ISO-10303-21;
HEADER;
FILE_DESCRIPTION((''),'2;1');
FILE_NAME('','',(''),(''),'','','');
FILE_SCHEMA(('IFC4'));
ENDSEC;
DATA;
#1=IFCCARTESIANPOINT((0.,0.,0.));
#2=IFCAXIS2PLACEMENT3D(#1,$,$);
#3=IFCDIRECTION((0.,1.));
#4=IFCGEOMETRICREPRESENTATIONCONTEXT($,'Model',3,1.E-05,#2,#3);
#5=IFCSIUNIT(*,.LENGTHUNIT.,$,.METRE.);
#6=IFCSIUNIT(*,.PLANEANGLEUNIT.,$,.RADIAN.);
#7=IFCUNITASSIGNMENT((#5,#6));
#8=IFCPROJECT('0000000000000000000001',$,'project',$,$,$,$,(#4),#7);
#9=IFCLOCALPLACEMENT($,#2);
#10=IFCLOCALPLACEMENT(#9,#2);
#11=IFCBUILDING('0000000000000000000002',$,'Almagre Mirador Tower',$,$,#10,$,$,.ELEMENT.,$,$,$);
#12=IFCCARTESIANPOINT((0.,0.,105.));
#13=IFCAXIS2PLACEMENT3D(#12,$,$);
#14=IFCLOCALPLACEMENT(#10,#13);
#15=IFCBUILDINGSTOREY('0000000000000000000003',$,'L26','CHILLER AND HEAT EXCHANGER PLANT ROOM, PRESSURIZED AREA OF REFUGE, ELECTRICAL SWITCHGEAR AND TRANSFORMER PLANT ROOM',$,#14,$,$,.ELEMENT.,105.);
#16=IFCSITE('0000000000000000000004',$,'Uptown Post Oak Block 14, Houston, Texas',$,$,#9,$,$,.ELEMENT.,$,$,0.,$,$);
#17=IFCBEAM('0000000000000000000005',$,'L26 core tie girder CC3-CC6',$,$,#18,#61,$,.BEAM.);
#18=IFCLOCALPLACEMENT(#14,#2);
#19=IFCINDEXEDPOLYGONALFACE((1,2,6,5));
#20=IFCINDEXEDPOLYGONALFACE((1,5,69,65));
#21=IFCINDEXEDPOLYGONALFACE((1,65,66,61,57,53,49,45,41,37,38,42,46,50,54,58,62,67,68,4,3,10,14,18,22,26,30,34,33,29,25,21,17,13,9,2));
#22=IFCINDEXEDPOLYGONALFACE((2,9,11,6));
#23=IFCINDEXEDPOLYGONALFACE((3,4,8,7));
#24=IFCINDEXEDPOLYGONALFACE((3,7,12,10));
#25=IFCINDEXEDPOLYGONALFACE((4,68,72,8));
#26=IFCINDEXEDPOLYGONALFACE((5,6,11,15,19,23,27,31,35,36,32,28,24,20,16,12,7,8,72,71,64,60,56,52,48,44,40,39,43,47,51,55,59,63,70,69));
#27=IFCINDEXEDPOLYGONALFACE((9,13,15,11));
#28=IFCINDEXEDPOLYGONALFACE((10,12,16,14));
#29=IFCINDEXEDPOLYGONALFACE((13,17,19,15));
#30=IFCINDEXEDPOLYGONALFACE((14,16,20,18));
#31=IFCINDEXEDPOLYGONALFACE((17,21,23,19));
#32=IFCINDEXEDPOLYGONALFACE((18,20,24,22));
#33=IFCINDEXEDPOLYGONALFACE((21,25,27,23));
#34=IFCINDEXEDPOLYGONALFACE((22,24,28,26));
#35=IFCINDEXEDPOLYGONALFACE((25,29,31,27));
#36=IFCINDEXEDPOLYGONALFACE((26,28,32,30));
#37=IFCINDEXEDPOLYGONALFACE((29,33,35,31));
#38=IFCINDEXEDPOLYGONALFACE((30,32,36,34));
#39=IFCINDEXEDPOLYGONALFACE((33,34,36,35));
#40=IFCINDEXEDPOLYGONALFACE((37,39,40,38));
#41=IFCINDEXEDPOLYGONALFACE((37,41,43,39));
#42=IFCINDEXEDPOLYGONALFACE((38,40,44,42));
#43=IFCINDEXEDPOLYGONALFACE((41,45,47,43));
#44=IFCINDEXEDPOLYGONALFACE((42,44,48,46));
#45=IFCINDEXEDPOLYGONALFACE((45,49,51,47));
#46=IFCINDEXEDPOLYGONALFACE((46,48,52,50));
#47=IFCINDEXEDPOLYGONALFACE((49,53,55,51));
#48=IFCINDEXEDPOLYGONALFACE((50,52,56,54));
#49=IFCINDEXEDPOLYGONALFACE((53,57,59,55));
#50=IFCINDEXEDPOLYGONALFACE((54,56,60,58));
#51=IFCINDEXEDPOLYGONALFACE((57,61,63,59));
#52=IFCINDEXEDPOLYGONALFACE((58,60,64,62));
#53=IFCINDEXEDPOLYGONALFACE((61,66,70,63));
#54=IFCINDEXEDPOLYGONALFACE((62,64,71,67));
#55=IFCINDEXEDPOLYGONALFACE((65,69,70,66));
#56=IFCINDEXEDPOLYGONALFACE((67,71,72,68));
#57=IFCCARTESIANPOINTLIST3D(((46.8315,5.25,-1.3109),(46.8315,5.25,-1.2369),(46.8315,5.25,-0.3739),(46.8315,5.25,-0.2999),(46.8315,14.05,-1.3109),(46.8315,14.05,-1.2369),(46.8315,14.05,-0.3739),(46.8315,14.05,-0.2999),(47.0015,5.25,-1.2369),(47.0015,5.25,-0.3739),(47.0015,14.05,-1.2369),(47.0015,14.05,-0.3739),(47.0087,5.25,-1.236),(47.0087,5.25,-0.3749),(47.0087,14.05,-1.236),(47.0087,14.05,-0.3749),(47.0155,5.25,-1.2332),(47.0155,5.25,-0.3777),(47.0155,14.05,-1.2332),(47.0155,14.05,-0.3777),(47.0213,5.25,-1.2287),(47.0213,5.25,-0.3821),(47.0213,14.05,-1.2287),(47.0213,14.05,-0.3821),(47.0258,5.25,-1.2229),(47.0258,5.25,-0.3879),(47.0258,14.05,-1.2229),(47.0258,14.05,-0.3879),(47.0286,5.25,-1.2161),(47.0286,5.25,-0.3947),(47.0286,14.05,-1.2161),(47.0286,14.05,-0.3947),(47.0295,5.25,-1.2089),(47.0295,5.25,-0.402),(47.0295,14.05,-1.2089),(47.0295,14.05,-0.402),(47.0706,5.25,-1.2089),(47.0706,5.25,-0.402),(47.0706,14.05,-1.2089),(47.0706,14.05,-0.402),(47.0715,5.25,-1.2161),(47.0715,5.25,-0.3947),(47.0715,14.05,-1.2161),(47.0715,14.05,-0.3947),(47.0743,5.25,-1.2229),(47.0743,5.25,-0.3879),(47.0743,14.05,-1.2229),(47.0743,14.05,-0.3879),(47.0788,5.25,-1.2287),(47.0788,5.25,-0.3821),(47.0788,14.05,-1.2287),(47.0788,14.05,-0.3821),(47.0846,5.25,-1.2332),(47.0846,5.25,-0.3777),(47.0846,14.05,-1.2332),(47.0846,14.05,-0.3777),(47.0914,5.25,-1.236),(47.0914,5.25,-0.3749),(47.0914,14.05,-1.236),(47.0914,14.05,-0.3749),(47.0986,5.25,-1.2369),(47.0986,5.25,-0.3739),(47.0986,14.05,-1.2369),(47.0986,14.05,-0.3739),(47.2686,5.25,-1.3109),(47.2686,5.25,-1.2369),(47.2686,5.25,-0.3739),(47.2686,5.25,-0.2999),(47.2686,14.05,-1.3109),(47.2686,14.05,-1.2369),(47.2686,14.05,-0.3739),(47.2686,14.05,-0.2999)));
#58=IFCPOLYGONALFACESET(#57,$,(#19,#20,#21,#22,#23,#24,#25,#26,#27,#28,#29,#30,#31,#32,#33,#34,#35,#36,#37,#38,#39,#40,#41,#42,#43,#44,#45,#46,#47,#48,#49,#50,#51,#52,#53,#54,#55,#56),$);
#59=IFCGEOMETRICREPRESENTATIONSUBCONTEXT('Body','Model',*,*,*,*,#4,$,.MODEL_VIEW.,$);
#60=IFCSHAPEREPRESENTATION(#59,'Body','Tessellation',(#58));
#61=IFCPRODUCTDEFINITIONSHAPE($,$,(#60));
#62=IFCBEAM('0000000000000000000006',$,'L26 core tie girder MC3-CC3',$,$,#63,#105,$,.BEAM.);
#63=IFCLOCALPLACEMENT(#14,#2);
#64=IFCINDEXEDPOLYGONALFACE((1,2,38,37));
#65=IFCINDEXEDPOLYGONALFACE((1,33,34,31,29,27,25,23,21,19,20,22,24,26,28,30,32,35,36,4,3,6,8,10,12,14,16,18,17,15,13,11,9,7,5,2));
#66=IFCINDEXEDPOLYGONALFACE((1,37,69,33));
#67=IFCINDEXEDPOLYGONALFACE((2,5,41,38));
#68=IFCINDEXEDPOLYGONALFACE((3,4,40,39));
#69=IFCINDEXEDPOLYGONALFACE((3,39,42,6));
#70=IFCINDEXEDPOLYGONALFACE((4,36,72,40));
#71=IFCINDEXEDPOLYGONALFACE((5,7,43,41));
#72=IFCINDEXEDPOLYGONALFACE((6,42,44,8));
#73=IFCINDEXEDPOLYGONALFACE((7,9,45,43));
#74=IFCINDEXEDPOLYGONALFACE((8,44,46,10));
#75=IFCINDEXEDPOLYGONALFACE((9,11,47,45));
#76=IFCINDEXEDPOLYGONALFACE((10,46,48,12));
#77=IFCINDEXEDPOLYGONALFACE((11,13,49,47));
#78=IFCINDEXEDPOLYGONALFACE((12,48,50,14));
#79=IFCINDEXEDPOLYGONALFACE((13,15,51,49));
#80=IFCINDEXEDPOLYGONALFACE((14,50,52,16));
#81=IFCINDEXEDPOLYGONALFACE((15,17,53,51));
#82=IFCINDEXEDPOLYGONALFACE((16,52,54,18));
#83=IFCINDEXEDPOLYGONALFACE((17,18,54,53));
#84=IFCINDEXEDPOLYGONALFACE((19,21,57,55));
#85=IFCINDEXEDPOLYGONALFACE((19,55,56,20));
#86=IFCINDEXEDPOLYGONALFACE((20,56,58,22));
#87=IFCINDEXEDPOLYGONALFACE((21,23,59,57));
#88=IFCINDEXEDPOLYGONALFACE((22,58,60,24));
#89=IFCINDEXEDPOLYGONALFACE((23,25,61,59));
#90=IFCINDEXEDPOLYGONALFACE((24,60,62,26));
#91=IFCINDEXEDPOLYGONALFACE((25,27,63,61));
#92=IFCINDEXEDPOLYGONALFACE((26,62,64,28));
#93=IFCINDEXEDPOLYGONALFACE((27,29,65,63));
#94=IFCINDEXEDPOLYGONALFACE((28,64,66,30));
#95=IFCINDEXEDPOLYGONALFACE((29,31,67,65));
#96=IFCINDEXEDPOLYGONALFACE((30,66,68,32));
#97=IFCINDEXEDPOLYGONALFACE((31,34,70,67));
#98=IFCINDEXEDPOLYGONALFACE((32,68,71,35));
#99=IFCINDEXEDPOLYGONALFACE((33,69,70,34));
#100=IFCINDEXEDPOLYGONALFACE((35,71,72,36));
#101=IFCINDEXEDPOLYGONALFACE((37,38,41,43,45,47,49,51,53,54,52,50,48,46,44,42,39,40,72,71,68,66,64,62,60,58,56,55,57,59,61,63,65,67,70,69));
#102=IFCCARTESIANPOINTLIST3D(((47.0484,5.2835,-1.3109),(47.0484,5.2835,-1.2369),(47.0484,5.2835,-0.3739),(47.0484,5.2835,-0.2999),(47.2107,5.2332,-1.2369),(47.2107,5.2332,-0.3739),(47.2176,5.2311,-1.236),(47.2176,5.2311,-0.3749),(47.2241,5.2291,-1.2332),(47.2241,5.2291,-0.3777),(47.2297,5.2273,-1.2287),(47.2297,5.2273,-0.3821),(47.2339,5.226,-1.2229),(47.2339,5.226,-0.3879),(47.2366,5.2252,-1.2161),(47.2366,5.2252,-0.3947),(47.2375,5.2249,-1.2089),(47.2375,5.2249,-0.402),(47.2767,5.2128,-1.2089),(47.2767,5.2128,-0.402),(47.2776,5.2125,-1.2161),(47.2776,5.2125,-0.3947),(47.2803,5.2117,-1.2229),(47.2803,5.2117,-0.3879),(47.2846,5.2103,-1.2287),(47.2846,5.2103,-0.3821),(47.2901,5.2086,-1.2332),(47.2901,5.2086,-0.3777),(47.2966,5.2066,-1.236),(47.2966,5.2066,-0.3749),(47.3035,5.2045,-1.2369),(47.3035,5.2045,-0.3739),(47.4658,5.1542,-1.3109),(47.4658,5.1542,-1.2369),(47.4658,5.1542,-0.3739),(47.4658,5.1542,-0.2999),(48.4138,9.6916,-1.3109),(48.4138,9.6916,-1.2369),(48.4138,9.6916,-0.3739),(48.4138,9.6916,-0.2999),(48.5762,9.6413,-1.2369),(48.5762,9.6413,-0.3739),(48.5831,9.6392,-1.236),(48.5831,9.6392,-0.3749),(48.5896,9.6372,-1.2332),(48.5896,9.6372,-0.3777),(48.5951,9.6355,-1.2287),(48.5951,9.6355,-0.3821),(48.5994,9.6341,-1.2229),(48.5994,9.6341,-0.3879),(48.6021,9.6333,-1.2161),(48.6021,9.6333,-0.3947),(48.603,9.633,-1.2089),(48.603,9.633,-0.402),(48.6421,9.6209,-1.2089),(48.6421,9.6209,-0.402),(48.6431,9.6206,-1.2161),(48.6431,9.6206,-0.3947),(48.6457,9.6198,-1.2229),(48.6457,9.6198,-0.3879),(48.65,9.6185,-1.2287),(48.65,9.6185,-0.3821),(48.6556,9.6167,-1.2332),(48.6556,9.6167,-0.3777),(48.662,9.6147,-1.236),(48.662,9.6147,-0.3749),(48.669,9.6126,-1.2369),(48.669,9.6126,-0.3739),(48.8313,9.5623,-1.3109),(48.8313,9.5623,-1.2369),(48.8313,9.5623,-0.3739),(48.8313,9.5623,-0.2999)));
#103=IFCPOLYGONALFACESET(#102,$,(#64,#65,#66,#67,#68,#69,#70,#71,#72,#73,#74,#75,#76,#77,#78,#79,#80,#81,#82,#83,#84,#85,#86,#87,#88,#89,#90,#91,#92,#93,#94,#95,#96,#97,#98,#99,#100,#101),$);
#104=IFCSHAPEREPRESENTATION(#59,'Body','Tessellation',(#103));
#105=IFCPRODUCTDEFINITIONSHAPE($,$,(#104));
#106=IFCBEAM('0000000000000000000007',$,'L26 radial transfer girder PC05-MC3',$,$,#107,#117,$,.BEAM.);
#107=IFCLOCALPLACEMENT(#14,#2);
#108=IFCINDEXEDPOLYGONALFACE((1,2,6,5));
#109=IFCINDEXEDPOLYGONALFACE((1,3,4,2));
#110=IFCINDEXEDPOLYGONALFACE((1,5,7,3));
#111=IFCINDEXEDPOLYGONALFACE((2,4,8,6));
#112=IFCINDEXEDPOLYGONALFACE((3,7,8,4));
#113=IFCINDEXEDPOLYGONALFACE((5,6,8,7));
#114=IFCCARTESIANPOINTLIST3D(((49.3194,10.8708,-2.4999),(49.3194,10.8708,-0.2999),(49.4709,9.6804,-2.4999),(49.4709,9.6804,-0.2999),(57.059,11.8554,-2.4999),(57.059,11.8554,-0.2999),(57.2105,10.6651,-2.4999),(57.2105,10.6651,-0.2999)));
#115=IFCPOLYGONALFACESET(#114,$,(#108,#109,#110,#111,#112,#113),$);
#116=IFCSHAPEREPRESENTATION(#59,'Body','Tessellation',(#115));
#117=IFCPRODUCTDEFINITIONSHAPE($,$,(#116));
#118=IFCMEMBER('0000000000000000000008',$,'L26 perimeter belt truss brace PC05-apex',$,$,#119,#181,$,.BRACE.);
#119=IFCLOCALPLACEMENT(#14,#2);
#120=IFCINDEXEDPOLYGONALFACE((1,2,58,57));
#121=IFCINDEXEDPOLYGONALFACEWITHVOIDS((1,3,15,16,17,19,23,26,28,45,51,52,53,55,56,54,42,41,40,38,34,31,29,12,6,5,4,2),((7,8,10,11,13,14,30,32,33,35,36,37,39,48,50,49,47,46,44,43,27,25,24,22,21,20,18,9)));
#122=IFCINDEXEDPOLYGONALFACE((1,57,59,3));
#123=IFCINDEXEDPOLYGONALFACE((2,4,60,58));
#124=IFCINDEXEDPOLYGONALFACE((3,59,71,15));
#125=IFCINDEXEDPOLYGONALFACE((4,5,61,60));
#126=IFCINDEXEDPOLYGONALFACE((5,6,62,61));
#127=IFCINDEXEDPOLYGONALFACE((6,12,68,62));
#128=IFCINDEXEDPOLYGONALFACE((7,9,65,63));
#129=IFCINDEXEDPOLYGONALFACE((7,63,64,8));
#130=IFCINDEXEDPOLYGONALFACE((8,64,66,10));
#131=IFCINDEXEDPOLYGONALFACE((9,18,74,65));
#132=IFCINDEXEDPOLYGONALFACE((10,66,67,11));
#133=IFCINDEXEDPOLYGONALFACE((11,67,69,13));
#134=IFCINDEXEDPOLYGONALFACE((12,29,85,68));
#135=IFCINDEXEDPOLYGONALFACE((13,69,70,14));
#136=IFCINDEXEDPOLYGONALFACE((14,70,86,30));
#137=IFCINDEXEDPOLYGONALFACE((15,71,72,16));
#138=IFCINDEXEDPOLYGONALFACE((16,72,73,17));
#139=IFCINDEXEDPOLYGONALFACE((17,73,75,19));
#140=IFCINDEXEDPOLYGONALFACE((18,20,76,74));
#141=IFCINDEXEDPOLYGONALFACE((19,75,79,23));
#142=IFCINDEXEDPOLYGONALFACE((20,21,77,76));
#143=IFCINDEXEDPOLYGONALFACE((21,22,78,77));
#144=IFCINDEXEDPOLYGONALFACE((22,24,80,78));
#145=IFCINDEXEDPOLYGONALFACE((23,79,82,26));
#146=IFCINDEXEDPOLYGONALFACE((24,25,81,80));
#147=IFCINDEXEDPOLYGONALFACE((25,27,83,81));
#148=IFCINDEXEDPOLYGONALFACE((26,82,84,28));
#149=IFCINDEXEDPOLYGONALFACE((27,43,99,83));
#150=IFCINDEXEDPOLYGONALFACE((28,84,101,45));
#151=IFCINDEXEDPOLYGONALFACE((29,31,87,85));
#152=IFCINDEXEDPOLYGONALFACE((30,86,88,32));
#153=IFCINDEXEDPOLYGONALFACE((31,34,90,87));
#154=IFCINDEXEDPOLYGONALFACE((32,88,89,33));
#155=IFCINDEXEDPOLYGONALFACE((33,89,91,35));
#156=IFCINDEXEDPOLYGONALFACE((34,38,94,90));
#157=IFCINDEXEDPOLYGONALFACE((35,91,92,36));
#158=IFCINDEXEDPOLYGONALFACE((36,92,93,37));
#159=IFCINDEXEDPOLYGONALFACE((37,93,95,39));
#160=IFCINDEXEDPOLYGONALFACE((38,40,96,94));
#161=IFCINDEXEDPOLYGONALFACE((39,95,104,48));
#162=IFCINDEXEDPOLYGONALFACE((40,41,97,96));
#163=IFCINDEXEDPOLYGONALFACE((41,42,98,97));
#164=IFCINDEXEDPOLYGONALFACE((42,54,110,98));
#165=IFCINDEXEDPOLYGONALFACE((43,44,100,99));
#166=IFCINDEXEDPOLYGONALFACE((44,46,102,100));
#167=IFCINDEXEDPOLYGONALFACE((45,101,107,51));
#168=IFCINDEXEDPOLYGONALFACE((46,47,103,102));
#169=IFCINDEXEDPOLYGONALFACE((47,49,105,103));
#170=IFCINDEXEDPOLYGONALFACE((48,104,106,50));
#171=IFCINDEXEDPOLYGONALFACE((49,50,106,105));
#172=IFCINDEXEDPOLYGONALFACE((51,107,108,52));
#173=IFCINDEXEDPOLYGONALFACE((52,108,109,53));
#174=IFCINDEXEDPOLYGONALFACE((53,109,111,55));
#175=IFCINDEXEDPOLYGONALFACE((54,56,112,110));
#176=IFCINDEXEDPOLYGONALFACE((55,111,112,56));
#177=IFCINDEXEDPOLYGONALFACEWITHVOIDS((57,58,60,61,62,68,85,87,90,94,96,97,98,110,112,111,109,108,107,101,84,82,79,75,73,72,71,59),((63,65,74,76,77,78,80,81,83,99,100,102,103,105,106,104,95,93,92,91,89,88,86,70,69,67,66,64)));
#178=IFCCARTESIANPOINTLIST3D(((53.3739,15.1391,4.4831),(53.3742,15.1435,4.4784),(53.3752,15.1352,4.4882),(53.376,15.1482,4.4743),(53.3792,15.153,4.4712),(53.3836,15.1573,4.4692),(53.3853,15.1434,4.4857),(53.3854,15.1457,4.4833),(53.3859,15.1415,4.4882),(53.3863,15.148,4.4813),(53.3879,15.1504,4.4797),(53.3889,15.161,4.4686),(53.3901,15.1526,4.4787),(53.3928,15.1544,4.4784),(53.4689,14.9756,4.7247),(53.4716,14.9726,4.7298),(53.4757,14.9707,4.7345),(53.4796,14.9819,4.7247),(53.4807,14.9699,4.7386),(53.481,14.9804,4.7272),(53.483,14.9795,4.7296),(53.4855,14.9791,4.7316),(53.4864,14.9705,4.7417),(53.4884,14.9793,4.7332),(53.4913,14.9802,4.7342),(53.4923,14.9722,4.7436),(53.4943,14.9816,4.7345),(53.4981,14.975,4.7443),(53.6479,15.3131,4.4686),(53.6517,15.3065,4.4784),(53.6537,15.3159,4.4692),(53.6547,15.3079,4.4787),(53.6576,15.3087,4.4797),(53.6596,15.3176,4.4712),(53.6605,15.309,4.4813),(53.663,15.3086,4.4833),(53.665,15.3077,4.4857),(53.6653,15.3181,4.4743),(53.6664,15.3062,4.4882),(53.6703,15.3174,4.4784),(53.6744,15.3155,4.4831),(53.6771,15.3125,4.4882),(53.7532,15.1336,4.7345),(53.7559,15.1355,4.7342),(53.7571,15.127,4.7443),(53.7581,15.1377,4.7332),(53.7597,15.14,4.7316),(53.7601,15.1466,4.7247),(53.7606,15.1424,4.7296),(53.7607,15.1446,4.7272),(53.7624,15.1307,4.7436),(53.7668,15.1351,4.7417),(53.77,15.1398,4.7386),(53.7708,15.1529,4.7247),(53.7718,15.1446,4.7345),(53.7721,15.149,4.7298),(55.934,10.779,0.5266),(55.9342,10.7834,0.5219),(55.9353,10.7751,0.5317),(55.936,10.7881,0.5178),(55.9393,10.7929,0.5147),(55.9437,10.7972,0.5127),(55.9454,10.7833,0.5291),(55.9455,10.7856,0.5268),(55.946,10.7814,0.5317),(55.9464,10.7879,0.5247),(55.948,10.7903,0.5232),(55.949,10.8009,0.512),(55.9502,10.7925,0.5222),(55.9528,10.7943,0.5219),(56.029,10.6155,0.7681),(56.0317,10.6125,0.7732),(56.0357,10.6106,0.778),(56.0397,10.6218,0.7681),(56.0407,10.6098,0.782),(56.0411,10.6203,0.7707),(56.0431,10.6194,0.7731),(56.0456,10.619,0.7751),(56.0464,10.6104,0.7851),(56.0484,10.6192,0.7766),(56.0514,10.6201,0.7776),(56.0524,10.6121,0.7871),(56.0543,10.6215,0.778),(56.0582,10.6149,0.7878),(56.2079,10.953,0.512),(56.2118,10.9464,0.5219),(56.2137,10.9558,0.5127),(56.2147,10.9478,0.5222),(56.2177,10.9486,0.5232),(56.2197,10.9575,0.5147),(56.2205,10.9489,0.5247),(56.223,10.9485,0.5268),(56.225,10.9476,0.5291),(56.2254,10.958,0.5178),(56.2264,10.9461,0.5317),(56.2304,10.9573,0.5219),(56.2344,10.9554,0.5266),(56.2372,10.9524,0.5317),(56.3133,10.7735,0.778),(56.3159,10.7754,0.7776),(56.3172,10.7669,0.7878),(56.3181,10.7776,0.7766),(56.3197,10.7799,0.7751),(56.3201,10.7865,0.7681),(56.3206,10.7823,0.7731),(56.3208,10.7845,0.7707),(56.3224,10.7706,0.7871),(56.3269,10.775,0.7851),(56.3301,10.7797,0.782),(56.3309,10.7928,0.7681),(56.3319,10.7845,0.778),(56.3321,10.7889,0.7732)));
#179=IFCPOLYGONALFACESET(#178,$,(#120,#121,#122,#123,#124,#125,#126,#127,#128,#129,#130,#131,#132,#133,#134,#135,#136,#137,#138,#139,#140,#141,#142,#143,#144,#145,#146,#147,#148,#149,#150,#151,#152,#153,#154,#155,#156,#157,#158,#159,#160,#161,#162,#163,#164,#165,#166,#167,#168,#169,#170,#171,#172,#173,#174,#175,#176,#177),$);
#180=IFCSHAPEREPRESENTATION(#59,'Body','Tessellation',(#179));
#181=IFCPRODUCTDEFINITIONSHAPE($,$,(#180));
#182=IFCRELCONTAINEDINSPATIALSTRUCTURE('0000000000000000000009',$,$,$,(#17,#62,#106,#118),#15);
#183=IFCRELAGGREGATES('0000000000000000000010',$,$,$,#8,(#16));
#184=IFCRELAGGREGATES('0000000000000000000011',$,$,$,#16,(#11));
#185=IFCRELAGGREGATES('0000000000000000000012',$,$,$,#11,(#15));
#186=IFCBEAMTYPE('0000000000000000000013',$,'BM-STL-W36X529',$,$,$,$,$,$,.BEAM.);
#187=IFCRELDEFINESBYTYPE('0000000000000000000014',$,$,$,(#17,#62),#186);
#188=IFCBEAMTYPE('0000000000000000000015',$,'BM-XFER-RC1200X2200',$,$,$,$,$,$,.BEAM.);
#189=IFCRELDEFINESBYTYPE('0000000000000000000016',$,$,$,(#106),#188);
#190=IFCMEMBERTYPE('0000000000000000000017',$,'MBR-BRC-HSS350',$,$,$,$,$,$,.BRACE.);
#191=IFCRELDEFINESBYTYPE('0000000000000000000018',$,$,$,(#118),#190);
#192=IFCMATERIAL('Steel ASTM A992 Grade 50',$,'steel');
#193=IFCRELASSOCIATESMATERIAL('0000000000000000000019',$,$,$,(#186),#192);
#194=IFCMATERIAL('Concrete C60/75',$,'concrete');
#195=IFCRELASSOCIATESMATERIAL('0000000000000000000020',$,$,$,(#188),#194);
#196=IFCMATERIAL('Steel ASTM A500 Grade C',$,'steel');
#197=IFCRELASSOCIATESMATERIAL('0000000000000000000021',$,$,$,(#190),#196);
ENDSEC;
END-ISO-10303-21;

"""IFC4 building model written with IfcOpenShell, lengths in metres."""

from ifc_helpers import new_model, si_unit, direction, frame, origin, origin_2d, place, context, subcontext, project, spatial, rectangle, hollow_rectangle, i_section, extrude, material, material_profile, profile_set, type_object, element, save


model = new_model("IFC4")

# Units and contexts
model_context = context("Model", 3, precision=1e-05, world=origin(), true_north=direction((0.0, 1.0)))
body_context = subcontext(model_context, "Body", "Model", "MODEL_VIEW")
ifc_project = project(units=[si_unit("LENGTHUNIT", "METRE"), si_unit("PLANEANGLEUNIT", "RADIAN")], contexts=[model_context])

# Site, building, storey
site_placement = place(None, origin())
site = spatial("IfcSite", under=ifc_project, at=site_placement, Name="Uptown Post Oak Block 14, Houston, Texas", CompositionType="ELEMENT", RefElevation=0.0)
building_placement = place(site_placement, origin())
building = spatial("IfcBuilding", under=site, at=building_placement, Name="Almagre Mirador Tower", CompositionType="ELEMENT")
storey_placement = place(building_placement, frame((0.0, 0.0, 105.0)))
storey = spatial("IfcBuildingStorey", under=building, at=storey_placement, Name="L26", Description="CHILLER AND HEAT EXCHANGER PLANT ROOM, PRESSURIZED AREA OF REFUGE, ELECTRICAL SWITCHGEAR AND TRANSFORMER PLANT ROOM", CompositionType="ELEMENT", Elevation=105.0)

# Beams
ifc_material_1 = material(Name="Steel ASTM A992 Grade 50", Category="steel")
ifc_material_profile_1 = material_profile(ifc_material_1, i_section(OverallWidth=0.437, OverallDepth=1.011, WebThickness=0.041, FlangeThickness=0.074, FilletRadius=0.0281, at=origin_2d()), Name="W36X529")
ifc_profile_set_1 = profile_set([ifc_material_profile_1], Name="Steel ASTM A992 Grade 50")
beam_type_1 = type_object("IfcBeamType", Name="BM-STL-W36X529", PredefinedType="BEAM", material=ifc_profile_set_1)
beam_1_placement = place(storey_placement, frame((47.05, 5.25, -0.8054), z_axis=(0.0, 1.0, 0.0), x_axis=(-1.0, 0.0, 0.0)))
element("IfcBeam", 1, at=beam_1_placement, inside=storey, type_object=beam_type_1, Name="L26 core tie girder CC3-CC6", PredefinedType="BEAM", context=body_context, shape_type="SweptSolid", body=[
    extrude(i_section(OverallWidth=0.437, OverallDepth=1.011, WebThickness=0.041, FlangeThickness=0.074, FilletRadius=0.0281, at=origin_2d()), origin(), (0.0, 0.0, 1.0), 8.8),
])
beam_2_placement = place(storey_placement, frame((48.6226, 9.627, -0.8054), z_axis=(-0.295888, -0.955223, 0.0), x_axis=(0.955223, -0.295888, 0.0)))
element("IfcBeam", 2, at=beam_2_placement, inside=storey, type_object=beam_type_1, Name="L26 core tie girder MC3-CC3", PredefinedType="BEAM", context=body_context, shape_type="SweptSolid", body=[
    extrude(i_section(OverallWidth=0.437, OverallDepth=1.011, WebThickness=0.041, FlangeThickness=0.074, FilletRadius=0.0281, at=origin_2d()), origin(), (0.0, 0.0, 1.0), 4.6147),
])
ifc_material_2 = material(Name="Concrete C60/75", Category="concrete")
ifc_material_profile_2 = material_profile(ifc_material_2, rectangle(XDim=1.2, YDim=2.2, at=origin_2d()), Name="RC1200X2200")
ifc_profile_set_2 = profile_set([ifc_material_profile_2], Name="Concrete C60/75")
beam_type_2 = type_object("IfcBeamType", Name="BM-XFER-RC1200X2200", PredefinedType="BEAM", material=ifc_profile_set_2)
beam_3_placement = place(storey_placement, frame((57.1348, 11.2603, -1.3999), z_axis=(-0.992004, -0.126203, 0.0), x_axis=(0.126203, -0.992004, 0.0)))
element("IfcBeam", 3, at=beam_3_placement, inside=storey, type_object=beam_type_2, Name="L26 radial transfer girder PC05-MC3", PredefinedType="BEAM", context=body_context, shape_type="SweptSolid", body=[
    extrude(rectangle(XDim=1.2, YDim=2.2, at=origin_2d()), origin(), (0.0, 0.0, 1.0), 7.802),
])

# Member
ifc_material_3 = material(Name="Steel ASTM A500 Grade C", Category="steel")
ifc_material_profile_3 = material_profile(ifc_material_3, hollow_rectangle(XDim=0.3501, YDim=0.3501, WallThickness=0.0125, InnerFilletRadius=0.0125, OuterFilletRadius=0.0249, at=origin_2d()), Name="HSS350X350X12.5")
ifc_profile_set_3 = profile_set([ifc_material_profile_3], Name="Steel ASTM A500 Grade C")
member_type_1 = type_object("IfcMemberType", Name="MBR-BRC-HSS350", PredefinedType="BRACE", material=ifc_profile_set_3)
member_1_placement = place(storey_placement, frame((56.1331, 10.7839, 0.6499), z_axis=(-0.398752, 0.679126, 0.616267), x_axis=(-0.862341, -0.506328, 0.0)))
element("IfcMember", 4, at=member_1_placement, inside=storey, type_object=member_type_1, Name="L26 perimeter belt truss brace PC05-apex", PredefinedType="BRACE", context=body_context, shape_type="SweptSolid", body=[
    extrude(hollow_rectangle(XDim=0.3501, YDim=0.3501, WallThickness=0.0125, InnerFilletRadius=0.0125, OuterFilletRadius=0.0249, at=origin_2d()), origin(), (0.0, 0.0, 1.0), 6.4202),
])

save(model, "model.ifc")
